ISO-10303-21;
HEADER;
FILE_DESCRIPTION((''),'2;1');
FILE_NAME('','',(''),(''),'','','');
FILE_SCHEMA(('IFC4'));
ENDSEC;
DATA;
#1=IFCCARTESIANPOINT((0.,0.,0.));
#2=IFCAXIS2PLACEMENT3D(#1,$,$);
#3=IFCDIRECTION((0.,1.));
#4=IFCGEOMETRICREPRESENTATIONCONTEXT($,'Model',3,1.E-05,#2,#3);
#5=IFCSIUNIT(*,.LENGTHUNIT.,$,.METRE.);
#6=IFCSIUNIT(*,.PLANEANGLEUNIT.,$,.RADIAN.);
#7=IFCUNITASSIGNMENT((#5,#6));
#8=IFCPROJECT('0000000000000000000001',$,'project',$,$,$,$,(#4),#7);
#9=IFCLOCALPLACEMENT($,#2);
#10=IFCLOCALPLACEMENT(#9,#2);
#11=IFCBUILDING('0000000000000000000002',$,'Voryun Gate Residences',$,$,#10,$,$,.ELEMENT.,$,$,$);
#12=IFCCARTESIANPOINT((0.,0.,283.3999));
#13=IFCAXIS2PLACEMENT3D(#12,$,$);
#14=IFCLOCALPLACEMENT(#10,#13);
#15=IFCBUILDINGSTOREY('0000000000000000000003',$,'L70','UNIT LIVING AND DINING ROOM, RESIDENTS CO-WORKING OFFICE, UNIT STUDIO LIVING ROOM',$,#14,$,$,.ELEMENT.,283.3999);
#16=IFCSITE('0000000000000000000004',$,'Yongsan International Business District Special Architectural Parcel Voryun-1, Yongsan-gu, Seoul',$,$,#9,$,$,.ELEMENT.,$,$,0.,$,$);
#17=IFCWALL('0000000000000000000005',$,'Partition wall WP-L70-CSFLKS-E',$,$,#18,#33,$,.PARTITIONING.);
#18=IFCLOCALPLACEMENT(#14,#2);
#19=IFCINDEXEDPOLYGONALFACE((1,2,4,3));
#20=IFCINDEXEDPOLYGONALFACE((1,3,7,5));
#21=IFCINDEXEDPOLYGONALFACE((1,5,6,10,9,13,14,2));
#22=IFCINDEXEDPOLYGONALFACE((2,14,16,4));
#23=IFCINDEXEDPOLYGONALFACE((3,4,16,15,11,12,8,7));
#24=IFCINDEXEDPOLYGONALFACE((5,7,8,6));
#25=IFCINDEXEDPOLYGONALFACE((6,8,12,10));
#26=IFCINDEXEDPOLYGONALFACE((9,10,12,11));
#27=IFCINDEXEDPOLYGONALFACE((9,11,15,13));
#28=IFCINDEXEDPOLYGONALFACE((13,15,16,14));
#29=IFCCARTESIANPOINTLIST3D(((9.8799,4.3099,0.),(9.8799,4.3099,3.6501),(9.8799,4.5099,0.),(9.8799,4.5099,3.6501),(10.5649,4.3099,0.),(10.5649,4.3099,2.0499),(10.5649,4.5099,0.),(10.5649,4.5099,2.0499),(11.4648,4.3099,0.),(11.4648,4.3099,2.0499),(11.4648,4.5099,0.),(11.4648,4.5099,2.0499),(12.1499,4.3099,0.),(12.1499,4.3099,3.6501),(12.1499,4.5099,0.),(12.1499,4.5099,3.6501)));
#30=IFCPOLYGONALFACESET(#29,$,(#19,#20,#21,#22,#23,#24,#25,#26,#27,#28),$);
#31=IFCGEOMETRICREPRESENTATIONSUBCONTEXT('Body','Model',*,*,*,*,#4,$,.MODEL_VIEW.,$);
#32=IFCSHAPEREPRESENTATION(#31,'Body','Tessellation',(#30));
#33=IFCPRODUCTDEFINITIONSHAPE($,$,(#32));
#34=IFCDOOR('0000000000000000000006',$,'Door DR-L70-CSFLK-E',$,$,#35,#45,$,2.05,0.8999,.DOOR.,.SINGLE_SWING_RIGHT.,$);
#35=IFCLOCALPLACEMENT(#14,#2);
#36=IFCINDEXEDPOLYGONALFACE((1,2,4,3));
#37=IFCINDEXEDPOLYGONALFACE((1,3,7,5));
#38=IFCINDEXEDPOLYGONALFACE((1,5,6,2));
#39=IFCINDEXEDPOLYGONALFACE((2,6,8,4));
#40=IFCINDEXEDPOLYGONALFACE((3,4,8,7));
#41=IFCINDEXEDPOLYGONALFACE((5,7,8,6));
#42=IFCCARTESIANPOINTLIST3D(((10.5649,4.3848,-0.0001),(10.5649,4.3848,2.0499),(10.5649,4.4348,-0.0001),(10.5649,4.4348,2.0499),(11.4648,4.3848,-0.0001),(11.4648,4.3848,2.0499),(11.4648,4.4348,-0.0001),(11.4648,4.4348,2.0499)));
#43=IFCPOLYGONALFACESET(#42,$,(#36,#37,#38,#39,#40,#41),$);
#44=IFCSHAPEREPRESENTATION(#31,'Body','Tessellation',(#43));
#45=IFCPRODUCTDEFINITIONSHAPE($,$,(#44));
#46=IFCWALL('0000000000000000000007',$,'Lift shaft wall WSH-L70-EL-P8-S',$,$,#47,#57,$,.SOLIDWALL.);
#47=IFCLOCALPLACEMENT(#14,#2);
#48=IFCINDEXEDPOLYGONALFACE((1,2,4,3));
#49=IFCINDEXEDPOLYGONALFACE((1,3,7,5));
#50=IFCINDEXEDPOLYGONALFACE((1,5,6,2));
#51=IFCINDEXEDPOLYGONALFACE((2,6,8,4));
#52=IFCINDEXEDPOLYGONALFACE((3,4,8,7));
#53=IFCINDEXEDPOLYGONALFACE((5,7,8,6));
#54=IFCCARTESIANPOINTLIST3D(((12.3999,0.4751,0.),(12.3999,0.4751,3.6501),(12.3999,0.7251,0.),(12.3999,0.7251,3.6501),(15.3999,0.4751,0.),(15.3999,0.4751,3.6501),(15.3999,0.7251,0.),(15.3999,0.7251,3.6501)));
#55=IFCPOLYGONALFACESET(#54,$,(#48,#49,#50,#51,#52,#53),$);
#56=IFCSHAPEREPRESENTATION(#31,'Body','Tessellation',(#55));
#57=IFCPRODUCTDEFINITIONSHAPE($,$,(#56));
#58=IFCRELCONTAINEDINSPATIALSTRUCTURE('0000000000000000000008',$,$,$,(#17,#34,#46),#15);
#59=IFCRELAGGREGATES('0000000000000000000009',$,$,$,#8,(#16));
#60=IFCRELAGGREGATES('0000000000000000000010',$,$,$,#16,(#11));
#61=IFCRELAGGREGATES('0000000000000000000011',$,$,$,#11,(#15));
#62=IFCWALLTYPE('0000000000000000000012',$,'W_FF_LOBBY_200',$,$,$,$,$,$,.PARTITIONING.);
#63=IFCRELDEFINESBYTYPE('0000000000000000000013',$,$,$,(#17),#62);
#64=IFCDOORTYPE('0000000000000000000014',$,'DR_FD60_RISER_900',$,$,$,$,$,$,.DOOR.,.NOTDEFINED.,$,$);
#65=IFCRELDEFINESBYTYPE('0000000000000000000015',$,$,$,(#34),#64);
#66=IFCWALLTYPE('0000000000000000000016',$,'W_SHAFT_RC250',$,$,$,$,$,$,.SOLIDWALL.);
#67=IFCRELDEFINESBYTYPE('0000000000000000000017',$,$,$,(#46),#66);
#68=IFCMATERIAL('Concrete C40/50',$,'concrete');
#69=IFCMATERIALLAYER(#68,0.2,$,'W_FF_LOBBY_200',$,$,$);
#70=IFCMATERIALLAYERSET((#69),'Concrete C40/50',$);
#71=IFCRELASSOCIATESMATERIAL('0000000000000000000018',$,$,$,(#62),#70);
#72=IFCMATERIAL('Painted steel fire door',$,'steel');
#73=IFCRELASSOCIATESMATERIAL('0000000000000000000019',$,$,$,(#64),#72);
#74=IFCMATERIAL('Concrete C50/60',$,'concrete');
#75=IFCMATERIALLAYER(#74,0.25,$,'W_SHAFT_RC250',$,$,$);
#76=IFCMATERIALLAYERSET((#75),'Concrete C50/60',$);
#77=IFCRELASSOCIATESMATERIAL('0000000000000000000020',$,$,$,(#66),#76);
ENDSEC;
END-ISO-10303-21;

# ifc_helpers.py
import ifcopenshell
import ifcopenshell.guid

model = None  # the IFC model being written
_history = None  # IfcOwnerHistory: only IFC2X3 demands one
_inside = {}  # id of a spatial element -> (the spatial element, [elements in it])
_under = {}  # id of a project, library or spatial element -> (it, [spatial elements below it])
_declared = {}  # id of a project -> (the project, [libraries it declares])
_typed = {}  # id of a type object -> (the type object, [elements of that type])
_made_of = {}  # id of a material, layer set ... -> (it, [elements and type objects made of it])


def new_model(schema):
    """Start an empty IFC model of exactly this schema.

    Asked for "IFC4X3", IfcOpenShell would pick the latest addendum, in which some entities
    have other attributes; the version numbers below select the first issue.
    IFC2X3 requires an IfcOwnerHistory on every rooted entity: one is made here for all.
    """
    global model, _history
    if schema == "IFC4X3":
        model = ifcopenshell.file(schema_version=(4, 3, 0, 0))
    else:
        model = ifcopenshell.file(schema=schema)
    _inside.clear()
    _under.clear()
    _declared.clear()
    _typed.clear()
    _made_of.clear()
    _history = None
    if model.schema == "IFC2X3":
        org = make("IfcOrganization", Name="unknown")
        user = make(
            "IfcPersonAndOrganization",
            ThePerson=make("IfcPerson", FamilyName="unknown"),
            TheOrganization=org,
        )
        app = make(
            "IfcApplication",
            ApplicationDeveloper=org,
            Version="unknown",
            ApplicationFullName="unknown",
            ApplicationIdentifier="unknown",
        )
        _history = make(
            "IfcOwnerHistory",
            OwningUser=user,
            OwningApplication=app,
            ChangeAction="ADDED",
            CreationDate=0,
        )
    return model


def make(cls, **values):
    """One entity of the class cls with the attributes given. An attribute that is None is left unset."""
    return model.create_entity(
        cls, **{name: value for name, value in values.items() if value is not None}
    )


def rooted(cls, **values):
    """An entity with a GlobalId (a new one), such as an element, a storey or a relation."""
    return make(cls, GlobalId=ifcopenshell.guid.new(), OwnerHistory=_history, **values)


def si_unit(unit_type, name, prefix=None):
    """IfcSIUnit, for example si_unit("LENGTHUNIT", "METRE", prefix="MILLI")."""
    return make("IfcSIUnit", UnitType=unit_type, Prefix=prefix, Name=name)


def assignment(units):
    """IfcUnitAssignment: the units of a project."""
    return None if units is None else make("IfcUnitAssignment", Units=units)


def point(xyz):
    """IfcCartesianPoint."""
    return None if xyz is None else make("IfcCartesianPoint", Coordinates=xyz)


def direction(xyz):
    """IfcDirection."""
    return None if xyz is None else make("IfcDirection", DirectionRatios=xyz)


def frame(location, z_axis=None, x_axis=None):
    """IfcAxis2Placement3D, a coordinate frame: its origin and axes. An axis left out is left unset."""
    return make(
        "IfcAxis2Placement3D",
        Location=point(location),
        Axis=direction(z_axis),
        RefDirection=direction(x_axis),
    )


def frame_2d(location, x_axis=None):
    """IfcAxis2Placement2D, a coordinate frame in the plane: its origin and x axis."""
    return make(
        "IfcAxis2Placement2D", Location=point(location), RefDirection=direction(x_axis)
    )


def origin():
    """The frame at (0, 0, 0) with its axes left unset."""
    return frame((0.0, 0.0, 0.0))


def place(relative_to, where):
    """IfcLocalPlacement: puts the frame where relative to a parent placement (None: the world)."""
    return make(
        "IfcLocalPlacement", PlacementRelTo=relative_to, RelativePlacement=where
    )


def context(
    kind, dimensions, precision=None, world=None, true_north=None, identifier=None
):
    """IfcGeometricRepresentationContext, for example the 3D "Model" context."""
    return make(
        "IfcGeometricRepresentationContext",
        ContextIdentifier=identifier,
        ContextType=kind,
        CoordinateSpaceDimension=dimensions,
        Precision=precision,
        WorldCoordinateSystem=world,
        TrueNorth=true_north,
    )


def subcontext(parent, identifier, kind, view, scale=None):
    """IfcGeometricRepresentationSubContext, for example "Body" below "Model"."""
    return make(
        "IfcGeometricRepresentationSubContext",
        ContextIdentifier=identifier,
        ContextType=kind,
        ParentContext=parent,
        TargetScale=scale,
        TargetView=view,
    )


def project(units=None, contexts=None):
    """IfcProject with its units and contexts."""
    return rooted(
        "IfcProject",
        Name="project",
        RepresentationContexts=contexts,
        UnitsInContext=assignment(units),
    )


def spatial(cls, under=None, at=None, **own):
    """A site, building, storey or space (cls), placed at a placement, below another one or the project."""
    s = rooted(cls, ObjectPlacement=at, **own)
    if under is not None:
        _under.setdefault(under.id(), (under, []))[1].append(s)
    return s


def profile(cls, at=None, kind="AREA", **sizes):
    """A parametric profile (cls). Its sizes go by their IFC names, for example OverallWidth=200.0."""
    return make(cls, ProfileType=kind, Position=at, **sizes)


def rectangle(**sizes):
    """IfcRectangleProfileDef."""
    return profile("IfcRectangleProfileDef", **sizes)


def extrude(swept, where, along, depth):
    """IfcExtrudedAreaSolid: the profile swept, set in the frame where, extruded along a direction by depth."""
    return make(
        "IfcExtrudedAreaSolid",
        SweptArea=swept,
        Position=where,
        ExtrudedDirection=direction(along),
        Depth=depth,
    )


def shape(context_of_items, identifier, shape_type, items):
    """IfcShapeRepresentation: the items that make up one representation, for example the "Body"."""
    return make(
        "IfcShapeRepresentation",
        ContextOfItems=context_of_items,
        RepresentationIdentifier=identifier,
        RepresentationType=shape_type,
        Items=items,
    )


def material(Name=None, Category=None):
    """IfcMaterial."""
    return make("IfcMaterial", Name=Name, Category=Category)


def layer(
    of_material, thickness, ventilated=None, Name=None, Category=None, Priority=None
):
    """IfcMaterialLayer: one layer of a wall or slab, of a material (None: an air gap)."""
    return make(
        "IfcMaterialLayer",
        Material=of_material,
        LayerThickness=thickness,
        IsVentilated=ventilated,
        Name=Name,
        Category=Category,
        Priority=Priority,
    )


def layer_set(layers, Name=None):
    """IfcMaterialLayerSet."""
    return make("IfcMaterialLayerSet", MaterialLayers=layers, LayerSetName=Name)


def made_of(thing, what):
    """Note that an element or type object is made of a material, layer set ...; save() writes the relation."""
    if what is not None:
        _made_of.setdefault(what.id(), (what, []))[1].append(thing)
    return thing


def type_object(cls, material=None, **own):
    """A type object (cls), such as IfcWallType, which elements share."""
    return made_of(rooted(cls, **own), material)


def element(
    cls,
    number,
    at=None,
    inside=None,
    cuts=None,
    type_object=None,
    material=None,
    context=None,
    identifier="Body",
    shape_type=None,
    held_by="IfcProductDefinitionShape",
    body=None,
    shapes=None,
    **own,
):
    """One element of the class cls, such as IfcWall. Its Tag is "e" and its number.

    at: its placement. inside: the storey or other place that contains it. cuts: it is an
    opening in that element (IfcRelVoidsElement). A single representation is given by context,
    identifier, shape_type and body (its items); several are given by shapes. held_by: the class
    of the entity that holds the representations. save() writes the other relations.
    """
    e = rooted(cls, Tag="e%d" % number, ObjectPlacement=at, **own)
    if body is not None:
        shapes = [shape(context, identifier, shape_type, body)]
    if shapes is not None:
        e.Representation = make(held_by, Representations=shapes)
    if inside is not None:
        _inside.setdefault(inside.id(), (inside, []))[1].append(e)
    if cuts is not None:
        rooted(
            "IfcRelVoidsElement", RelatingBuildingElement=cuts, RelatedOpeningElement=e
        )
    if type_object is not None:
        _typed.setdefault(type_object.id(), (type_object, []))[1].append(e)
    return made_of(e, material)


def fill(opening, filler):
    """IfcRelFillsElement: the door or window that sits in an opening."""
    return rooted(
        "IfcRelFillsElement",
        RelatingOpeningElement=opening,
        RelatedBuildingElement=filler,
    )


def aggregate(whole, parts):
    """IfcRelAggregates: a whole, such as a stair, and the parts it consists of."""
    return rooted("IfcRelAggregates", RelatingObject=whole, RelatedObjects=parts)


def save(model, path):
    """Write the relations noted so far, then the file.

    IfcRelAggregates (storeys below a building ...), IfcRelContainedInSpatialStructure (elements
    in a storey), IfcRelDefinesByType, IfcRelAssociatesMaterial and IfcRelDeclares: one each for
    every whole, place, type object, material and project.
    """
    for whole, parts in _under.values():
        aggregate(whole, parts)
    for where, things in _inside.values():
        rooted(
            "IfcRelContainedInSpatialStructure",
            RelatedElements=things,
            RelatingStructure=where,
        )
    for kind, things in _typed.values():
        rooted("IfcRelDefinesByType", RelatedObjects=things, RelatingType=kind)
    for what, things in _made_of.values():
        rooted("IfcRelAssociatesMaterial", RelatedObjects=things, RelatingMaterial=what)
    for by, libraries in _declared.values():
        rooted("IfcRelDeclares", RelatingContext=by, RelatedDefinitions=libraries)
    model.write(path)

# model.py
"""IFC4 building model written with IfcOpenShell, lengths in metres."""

from ifc_helpers import new_model, si_unit, direction, frame, frame_2d, origin, place, context, subcontext, project, spatial, rectangle, extrude, material, layer, layer_set, type_object, element, fill, save


model = new_model("IFC4")

# Units and contexts
model_context = context("Model", 3, precision=1e-05, world=origin(), true_north=direction((0.0, 1.0)))
body_context = subcontext(model_context, "Body", "Model", "MODEL_VIEW")
ifc_project = project(units=[si_unit("LENGTHUNIT", "METRE"), si_unit("PLANEANGLEUNIT", "RADIAN")], contexts=[model_context])

# Site, building, storey
site_placement = place(None, origin())
site = spatial("IfcSite", under=ifc_project, at=site_placement, Name="Yongsan International Business District Special Architectural Parcel Voryun-1, Yongsan-gu, Seoul", CompositionType="ELEMENT", RefElevation=0.0)
building_placement = place(site_placement, origin())
building = spatial("IfcBuilding", under=site, at=building_placement, Name="Voryun Gate Residences", CompositionType="ELEMENT")
storey_placement = place(building_placement, frame((0.0, 0.0, 283.3999)))
storey = spatial("IfcBuildingStorey", under=building, at=storey_placement, Name="L70", Description="UNIT LIVING AND DINING ROOM, RESIDENTS CO-WORKING OFFICE, UNIT STUDIO LIVING ROOM", CompositionType="ELEMENT", Elevation=283.3999)

# Shared definitions
ifc_material_1 = material(Name="Concrete C40/50", Category="concrete")
ifc_layer_1 = layer(ifc_material_1, 0.2, Name="W_FF_LOBBY_200")
ifc_layer_set_1 = layer_set([ifc_layer_1], Name="Concrete C40/50")
wall_type_1 = type_object("IfcWallType", Name="W_FF_LOBBY_200", PredefinedType="PARTITIONING", material=ifc_layer_set_1)

# Wall, opening, door
wall_1_placement = place(storey_placement, frame((9.8799, 4.4099, 0.0), z_axis=(0.0, 0.0, 1.0), x_axis=(1.0, 0.0, 0.0)))
wall_1 = element("IfcWall", 1, at=wall_1_placement, inside=storey, type_object=wall_type_1, Name="Partition wall WP-L70-CSFLKS-E", PredefinedType="PARTITIONING", context=body_context, shape_type="SweptSolid", body=[
    extrude(rectangle(XDim=2.27, YDim=0.2, at=frame_2d((1.135, 0.0))), origin(), (0.0, 0.0, 1.0), 3.6501),
])
opening_1_placement = place(wall_1_placement, frame((0.6851, 0.0, 0.0)))
opening_1 = element("IfcOpeningElement", 2, at=opening_1_placement, cuts=wall_1, PredefinedType="OPENING", context=body_context, shape_type="SweptSolid", body=[
    extrude(rectangle(XDim=0.8999, YDim=2.05, at=frame_2d((0.45, 1.0249))), frame((0.0, 0.1101, 0.0), z_axis=(0.0, -1.0, 0.0), x_axis=(1.0, 0.0, 0.0)), (0.0, 0.0, 1.0), 0.22),
])
ifc_material_2 = material(Name="Painted steel fire door", Category="steel")
door_type_1 = type_object("IfcDoorType", Name="DR_FD60_RISER_900", OperationType="NOTDEFINED", PredefinedType="DOOR", material=ifc_material_2)
door_1_placement = place(opening_1_placement, origin())
door_1 = element("IfcDoor", 3, at=door_1_placement, inside=storey, type_object=door_type_1, Name="Door DR-L70-CSFLK-E", OperationType="SINGLE_SWING_RIGHT", OverallHeight=2.05, OverallWidth=0.8999, PredefinedType="DOOR", context=body_context, shape_type="SweptSolid", body=[
    extrude(rectangle(XDim=0.8999, YDim=2.05, at=frame_2d((0.45, 1.0249))), frame((0.0, 0.0249, 0.0), z_axis=(0.0, -1.0, 0.0), x_axis=(1.0, 0.0, 0.0)), (0.0, 0.0, 1.0), 0.05),
])
fill(opening_1, door_1)

# Wall
ifc_material_3 = material(Name="Concrete C50/60", Category="concrete")
ifc_layer_2 = layer(ifc_material_3, 0.25, Name="W_SHAFT_RC250")
ifc_layer_set_2 = layer_set([ifc_layer_2], Name="Concrete C50/60")
wall_type_2 = type_object("IfcWallType", Name="W_SHAFT_RC250", PredefinedType="SOLIDWALL", material=ifc_layer_set_2)
wall_2_placement = place(storey_placement, frame((12.3999, 0.6001, 0.0), z_axis=(0.0, 0.0, 1.0), x_axis=(1.0, 0.0, 0.0)))
element("IfcWall", 4, at=wall_2_placement, inside=storey, type_object=wall_type_2, Name="Lift shaft wall WSH-L70-EL-P8-S", PredefinedType="SOLIDWALL", context=body_context, shape_type="SweptSolid", body=[
    extrude(rectangle(XDim=3.0, YDim=0.25, at=frame_2d((1.5, 0.0))), origin(), (0.0, 0.0, 1.0), 3.6501),
])

save(model, "model.ifc")
